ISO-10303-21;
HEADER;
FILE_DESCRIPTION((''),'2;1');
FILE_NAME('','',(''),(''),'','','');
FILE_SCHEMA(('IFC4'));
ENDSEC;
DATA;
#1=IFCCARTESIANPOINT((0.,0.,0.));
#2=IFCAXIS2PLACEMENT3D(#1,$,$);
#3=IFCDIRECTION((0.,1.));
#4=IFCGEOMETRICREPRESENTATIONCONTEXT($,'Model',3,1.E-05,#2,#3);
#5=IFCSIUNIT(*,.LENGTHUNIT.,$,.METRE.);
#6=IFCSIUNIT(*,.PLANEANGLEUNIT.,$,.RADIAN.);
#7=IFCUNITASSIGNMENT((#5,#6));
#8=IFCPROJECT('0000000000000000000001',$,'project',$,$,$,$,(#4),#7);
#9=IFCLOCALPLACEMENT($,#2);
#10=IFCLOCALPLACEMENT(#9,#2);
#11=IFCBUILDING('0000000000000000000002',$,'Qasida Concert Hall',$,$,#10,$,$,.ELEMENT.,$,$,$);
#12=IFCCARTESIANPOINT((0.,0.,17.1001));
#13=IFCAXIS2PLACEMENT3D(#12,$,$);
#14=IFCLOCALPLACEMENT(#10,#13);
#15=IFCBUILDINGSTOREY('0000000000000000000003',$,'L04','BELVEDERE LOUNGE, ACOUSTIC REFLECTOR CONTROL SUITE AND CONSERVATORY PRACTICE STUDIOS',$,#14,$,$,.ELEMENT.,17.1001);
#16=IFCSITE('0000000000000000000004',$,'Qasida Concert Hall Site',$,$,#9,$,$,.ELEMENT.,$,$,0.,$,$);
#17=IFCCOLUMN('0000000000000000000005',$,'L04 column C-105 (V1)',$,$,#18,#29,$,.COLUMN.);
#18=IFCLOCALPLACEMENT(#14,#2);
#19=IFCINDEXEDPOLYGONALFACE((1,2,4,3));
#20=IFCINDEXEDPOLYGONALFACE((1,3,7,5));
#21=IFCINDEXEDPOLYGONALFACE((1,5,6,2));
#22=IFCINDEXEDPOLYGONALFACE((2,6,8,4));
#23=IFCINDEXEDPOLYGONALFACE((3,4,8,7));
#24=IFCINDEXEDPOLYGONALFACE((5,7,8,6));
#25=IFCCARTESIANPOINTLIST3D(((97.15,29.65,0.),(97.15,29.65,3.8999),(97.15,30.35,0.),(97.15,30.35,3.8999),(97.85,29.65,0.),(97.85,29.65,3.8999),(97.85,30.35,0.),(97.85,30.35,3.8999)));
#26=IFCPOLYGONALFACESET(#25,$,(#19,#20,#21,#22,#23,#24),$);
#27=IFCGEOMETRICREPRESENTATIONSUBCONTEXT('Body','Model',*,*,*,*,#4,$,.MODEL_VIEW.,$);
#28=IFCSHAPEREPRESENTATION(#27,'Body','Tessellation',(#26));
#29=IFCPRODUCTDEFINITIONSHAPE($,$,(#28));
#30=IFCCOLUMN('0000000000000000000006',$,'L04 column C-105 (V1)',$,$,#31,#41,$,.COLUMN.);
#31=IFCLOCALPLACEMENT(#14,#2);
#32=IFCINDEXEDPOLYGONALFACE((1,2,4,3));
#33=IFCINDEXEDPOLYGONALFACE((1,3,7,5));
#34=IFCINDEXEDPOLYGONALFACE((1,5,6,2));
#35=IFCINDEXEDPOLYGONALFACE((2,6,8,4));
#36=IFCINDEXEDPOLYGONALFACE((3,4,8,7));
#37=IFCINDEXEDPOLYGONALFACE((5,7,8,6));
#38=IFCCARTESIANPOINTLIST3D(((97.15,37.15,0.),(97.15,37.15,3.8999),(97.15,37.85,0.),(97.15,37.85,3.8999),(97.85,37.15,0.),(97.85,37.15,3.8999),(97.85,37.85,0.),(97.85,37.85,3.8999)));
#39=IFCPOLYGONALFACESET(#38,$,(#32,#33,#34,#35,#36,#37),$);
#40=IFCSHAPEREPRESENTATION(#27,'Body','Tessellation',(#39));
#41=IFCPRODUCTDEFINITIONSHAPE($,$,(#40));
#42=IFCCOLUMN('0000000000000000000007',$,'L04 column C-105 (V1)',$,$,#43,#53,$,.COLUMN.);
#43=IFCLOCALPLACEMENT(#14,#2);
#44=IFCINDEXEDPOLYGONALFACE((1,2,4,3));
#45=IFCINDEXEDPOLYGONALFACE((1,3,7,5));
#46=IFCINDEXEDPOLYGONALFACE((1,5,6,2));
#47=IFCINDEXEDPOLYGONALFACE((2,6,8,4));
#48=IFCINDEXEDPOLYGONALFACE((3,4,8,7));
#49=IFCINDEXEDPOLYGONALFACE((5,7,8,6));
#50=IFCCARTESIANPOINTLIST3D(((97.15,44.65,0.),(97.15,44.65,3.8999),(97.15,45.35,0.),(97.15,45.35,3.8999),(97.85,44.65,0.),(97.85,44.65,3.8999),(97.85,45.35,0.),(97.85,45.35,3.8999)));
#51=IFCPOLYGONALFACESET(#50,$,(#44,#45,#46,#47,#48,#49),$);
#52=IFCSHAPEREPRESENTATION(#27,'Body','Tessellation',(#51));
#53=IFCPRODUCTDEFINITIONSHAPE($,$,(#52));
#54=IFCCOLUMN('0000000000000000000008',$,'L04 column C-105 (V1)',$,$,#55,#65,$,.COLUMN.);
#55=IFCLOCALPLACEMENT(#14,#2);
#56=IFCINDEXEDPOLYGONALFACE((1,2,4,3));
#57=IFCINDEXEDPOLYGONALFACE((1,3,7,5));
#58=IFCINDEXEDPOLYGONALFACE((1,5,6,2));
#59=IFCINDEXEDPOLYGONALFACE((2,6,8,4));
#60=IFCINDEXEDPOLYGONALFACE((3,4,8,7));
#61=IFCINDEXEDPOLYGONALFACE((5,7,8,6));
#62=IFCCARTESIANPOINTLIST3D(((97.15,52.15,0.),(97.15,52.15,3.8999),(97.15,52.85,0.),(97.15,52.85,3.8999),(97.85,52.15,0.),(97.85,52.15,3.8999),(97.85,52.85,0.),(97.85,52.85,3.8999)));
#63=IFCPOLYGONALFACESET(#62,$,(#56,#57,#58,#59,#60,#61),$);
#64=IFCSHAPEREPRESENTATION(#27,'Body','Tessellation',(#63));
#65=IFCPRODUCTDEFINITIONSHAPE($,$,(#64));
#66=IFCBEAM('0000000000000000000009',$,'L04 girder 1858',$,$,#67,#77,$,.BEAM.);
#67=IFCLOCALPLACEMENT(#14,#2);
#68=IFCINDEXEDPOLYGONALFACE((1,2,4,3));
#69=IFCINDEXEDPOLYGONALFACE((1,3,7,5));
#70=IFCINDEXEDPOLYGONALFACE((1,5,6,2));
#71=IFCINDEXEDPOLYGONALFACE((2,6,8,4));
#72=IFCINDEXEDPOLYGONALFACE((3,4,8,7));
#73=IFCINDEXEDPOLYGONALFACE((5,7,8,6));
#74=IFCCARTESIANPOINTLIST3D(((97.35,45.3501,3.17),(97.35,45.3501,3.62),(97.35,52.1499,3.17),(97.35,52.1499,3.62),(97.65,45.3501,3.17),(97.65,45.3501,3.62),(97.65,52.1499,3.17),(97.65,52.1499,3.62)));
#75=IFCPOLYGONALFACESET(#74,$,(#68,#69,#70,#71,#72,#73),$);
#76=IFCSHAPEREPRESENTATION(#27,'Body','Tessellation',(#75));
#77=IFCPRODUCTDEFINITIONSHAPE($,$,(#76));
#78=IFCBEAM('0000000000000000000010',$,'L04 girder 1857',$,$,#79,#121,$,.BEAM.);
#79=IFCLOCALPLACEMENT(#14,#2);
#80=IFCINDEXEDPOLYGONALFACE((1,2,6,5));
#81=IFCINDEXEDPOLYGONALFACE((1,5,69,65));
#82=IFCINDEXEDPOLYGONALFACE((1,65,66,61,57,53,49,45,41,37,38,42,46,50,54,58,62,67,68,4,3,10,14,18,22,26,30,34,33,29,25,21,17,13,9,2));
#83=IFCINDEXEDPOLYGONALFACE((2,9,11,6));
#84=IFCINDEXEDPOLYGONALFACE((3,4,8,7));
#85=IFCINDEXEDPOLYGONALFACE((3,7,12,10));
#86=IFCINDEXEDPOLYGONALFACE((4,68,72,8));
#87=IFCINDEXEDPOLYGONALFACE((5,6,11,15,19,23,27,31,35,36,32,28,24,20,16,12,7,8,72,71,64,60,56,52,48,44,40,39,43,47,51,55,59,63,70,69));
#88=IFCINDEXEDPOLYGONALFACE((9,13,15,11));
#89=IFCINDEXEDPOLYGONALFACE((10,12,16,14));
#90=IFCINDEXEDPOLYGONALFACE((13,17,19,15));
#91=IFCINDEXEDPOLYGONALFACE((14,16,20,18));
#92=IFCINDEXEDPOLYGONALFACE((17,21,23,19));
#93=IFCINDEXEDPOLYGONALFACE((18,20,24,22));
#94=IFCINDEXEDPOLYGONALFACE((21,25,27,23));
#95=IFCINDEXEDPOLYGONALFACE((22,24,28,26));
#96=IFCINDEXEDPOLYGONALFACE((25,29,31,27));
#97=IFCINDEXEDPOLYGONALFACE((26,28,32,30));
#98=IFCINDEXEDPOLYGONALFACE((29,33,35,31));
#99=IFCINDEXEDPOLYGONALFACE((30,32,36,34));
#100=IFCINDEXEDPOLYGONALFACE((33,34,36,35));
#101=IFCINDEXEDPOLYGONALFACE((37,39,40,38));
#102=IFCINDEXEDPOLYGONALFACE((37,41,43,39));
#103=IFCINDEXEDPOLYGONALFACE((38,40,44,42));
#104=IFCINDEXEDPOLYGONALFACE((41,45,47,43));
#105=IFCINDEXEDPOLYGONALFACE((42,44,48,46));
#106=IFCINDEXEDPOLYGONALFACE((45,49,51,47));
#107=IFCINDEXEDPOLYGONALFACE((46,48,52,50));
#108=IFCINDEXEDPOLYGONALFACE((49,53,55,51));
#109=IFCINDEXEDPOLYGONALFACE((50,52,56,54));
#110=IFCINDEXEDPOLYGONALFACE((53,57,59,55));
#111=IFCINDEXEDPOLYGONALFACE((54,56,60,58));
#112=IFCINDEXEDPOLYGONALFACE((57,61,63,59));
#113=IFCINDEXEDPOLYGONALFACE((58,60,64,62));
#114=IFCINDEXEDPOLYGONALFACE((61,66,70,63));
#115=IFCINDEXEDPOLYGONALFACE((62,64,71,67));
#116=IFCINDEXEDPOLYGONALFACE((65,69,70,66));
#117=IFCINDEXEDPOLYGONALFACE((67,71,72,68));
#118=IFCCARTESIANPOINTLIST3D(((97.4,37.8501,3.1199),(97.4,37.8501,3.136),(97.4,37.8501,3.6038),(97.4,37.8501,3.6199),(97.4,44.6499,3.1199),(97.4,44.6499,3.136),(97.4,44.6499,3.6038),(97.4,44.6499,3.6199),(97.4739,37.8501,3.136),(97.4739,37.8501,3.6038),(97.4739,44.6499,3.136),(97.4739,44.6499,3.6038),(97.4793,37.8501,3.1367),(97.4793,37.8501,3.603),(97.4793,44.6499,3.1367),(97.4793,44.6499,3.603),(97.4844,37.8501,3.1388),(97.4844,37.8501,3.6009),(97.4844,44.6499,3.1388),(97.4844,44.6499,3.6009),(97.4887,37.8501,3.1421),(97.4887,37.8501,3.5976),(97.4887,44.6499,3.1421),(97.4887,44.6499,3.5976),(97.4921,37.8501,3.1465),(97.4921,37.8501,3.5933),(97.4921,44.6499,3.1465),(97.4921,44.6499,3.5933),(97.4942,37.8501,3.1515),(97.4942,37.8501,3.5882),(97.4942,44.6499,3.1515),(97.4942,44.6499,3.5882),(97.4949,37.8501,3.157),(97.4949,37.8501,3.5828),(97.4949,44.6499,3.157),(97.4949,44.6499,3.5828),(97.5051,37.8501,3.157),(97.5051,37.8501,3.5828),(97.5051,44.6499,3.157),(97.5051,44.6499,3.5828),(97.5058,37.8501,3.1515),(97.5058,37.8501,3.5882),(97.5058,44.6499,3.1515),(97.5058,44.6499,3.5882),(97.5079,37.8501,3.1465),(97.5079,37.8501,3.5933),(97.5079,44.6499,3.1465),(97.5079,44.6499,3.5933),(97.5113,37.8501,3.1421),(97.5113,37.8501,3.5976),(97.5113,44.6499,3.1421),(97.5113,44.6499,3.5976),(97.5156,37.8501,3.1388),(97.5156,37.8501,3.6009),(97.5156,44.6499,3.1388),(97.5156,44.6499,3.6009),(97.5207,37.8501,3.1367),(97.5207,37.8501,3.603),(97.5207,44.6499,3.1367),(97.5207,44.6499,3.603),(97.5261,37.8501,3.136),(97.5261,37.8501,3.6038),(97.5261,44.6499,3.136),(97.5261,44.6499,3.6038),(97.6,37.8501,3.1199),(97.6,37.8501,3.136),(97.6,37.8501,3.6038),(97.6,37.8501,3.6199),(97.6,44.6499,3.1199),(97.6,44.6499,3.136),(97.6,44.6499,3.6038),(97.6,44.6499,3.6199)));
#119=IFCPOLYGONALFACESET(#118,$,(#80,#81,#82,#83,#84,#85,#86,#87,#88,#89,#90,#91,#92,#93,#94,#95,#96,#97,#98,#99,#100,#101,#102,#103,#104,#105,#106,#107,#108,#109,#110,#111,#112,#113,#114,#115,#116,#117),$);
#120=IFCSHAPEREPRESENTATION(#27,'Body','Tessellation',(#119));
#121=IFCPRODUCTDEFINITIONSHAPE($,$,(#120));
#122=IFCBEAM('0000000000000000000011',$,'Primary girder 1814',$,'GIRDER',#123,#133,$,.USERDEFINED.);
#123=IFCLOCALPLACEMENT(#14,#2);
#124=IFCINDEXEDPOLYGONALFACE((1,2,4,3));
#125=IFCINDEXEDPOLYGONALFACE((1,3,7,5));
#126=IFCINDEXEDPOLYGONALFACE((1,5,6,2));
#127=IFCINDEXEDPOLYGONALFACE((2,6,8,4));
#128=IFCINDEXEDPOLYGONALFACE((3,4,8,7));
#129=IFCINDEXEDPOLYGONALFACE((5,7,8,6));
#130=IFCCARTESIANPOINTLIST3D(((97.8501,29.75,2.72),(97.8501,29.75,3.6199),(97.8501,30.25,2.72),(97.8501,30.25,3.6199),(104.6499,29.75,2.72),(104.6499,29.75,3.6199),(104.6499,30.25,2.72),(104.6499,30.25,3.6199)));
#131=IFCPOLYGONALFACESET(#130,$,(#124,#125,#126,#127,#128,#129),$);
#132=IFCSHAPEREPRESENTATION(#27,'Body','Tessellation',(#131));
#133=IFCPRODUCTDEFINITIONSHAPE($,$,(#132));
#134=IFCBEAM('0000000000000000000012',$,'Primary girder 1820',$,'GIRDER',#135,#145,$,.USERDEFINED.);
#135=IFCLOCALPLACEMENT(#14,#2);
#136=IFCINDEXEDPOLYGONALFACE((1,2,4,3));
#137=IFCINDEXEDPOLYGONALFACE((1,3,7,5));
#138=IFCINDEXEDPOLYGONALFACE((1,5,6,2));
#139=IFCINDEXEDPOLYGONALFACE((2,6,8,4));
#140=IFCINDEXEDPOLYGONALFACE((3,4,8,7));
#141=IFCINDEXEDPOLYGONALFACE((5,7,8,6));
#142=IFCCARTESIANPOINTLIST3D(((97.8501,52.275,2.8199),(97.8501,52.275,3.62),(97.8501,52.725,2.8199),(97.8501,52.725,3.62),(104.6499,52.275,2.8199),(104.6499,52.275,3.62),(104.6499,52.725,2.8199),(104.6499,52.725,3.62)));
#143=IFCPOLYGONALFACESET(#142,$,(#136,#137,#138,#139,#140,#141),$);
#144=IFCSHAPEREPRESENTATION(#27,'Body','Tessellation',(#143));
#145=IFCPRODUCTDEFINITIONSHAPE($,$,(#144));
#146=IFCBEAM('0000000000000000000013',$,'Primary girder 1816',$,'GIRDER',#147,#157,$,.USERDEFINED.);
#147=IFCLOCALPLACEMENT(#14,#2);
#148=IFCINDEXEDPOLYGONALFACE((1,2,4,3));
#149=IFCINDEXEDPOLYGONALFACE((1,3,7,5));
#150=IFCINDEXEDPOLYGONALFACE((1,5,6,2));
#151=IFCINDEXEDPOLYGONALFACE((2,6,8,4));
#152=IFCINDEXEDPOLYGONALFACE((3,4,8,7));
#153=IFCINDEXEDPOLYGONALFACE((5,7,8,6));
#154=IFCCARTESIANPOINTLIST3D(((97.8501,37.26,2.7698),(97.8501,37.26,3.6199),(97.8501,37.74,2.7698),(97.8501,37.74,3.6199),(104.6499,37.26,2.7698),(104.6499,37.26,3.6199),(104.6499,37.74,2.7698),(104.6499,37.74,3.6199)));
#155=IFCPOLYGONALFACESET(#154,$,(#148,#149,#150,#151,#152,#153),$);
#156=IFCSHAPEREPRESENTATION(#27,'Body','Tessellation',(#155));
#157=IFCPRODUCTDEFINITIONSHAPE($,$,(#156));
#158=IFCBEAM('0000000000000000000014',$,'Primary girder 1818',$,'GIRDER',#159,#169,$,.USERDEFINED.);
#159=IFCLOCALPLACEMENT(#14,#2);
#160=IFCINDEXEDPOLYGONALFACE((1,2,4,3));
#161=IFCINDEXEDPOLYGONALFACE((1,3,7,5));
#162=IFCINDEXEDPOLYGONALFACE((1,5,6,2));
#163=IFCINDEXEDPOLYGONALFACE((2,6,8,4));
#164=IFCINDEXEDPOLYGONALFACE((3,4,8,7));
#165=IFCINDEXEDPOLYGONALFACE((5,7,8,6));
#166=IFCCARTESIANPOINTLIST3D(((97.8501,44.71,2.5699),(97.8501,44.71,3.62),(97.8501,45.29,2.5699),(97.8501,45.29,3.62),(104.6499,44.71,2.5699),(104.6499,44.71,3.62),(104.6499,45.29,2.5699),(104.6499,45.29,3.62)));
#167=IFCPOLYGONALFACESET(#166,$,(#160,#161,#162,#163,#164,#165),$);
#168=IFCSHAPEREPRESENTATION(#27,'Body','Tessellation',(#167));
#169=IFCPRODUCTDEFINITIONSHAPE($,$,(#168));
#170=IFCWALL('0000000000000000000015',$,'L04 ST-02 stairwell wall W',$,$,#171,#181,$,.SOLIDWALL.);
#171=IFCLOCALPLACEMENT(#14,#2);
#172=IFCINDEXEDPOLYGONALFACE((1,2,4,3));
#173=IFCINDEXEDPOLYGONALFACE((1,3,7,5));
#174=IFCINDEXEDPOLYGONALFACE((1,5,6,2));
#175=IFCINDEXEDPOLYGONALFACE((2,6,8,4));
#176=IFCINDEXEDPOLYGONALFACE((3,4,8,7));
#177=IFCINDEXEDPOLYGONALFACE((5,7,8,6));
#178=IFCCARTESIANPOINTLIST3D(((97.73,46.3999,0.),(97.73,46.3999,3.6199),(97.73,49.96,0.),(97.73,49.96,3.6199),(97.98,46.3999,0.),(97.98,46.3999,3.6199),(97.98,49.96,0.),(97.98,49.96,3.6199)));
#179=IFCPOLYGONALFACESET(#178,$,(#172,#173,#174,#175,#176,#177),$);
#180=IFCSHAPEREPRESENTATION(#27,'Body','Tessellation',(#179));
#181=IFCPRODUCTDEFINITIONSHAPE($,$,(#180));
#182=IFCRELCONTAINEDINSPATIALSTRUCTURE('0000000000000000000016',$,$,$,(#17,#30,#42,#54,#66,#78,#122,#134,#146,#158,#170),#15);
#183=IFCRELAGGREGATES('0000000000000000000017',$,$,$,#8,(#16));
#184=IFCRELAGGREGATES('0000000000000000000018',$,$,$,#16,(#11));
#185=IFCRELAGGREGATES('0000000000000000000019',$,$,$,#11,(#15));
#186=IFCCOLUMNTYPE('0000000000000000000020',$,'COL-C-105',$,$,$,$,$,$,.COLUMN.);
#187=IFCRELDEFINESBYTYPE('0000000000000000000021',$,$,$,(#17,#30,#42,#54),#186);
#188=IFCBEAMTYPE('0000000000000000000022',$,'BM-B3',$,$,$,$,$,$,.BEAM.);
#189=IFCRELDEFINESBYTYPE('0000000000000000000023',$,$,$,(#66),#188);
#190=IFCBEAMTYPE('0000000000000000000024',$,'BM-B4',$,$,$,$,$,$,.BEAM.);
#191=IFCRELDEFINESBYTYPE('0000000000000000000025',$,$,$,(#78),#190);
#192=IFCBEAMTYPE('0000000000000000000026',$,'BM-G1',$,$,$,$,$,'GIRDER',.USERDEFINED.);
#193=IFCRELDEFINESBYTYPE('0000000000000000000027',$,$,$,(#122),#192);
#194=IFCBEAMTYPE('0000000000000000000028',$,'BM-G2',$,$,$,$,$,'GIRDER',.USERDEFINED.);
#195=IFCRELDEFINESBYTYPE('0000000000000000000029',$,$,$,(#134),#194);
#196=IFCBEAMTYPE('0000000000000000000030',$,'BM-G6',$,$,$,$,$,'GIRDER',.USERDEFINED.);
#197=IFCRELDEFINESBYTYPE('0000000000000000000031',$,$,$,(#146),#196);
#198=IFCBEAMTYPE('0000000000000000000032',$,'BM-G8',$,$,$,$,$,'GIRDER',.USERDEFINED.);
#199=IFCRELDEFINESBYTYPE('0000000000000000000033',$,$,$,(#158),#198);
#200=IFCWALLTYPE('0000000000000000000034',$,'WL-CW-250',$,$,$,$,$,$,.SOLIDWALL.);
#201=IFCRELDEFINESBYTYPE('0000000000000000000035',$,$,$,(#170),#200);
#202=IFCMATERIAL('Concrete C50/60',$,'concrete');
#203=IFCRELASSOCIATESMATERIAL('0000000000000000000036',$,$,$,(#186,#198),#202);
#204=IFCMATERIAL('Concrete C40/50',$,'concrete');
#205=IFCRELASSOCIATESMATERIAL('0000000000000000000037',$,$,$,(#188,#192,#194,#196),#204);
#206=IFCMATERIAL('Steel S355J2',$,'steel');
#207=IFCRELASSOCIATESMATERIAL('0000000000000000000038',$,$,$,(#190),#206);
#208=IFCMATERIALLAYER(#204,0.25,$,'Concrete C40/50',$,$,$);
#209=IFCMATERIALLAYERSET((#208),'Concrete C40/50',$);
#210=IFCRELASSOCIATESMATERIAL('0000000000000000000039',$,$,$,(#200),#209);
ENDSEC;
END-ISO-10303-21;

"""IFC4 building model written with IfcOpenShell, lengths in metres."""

from ifc_helpers import new_model, si_unit, direction, frame, frame_2d, origin, origin_2d, place, context, subcontext, project, spatial, rectangle, i_section, extrude, material, layer, layer_set, material_profile, profile_set, type_object, element, save


model = new_model("IFC4")

# Units and contexts
model_context = context("Model", 3, precision=1e-05, world=origin(), true_north=direction((0.0, 1.0)))
body_context = subcontext(model_context, "Body", "Model", "MODEL_VIEW")
ifc_project = project(units=[si_unit("LENGTHUNIT", "METRE"), si_unit("PLANEANGLEUNIT", "RADIAN")], contexts=[model_context])

# Site, building, storey
site_placement = place(None, origin())
site = spatial("IfcSite", under=ifc_project, at=site_placement, Name="Qasida Concert Hall Site", CompositionType="ELEMENT", RefElevation=0.0)
building_placement = place(site_placement, origin())
building = spatial("IfcBuilding", under=site, at=building_placement, Name="Qasida Concert Hall", CompositionType="ELEMENT")
storey_placement = place(building_placement, frame((0.0, 0.0, 17.1001)))
storey = spatial("IfcBuildingStorey", under=building, at=storey_placement, Name="L04", Description="BELVEDERE LOUNGE, ACOUSTIC REFLECTOR CONTROL SUITE AND CONSERVATORY PRACTICE STUDIOS", CompositionType="ELEMENT", Elevation=17.1001)

# Columns
ifc_material_1 = material(Name="Concrete C50/60", Category="concrete")
ifc_material_profile_1 = material_profile(ifc_material_1, rectangle(XDim=0.7, YDim=0.7, at=origin_2d()), Name="RC 700x700")
ifc_profile_set_1 = profile_set([ifc_material_profile_1], Name="Concrete C50/60")
column_type = type_object("IfcColumnType", Name="COL-C-105", PredefinedType="COLUMN", material=ifc_profile_set_1)
for number, where, z_axis, x_axis, name in (
    (1, (97.5, 30.0, 0.0), (0.0, 0.0, 1.0), (1.0, 0.0, 0.0), "L04 column C-105 (V1)"),
    (2, (97.5, 37.5, 0.0), (0.0, 0.0, 1.0), (1.0, 0.0, 0.0), "L04 column C-105 (V1)"),
    (3, (97.5, 45.0, 0.0), (0.0, 0.0, 1.0), (1.0, 0.0, 0.0), "L04 column C-105 (V1)"),
    (4, (97.5, 52.5, 0.0), (0.0, 0.0, 1.0), (1.0, 0.0, 0.0), "L04 column C-105 (V1)"),
):
    element("IfcColumn", number, at=place(storey_placement, frame(where, z_axis=z_axis, x_axis=x_axis)), inside=storey, type_object=column_type, Name=name, PredefinedType="COLUMN", context=body_context, shape_type="SweptSolid", body=[
        extrude(rectangle(XDim=0.7, YDim=0.7, at=origin_2d()), origin(), (0.0, 0.0, 1.0), 3.8999),
    ])

# Beams
ifc_material_2 = material(Name="Concrete C40/50", Category="concrete")
ifc_material_profile_2 = material_profile(ifc_material_2, rectangle(XDim=0.3, YDim=0.45, at=origin_2d()), Name="RC 300x450")
ifc_profile_set_2 = profile_set([ifc_material_profile_2], Name="Concrete C40/50")
beam_type_1 = type_object("IfcBeamType", Name="BM-B3", PredefinedType="BEAM", material=ifc_profile_set_2)
beam_1_placement = place(storey_placement, frame((97.5, 45.3501, 3.395), z_axis=(0.0, 1.0, 0.0), x_axis=(-1.0, 0.0, 0.0)))
element("IfcBeam", 5, at=beam_1_placement, inside=storey, type_object=beam_type_1, Name="L04 girder 1858", PredefinedType="BEAM", context=body_context, shape_type="SweptSolid", body=[
    extrude(rectangle(XDim=0.3, YDim=0.45, at=origin_2d()), origin(), (0.0, 0.0, 1.0), 6.7998),
])
ifc_material_3 = material(Name="Steel S355J2", Category="steel")
ifc_material_profile_3 = material_profile(ifc_material_3, i_section(OverallWidth=0.2, OverallDepth=0.5, WebThickness=0.0103, FlangeThickness=0.0161, FilletRadius=0.021, at=origin_2d()), Name="IPE 500")
ifc_profile_set_3 = profile_set([ifc_material_profile_3], Name="Steel S355J2")
beam_type_2 = type_object("IfcBeamType", Name="BM-B4", PredefinedType="BEAM", material=ifc_profile_set_3)
beam_2_placement = place(storey_placement, frame((97.5, 37.8501, 3.3699), z_axis=(0.0, 1.0, 0.0), x_axis=(-1.0, 0.0, 0.0)))
element("IfcBeam", 6, at=beam_2_placement, inside=storey, type_object=beam_type_2, Name="L04 girder 1857", PredefinedType="BEAM", context=body_context, shape_type="SweptSolid", body=[
    extrude(i_section(OverallWidth=0.2, OverallDepth=0.5, WebThickness=0.0103, FlangeThickness=0.0161, FilletRadius=0.021, at=origin_2d()), origin(), (0.0, 0.0, 1.0), 6.7998),
])
ifc_material_profile_4 = material_profile(ifc_material_2, rectangle(XDim=0.5, YDim=0.8999, at=origin_2d()), Name="RC 500x900")
ifc_profile_set_4 = profile_set([ifc_material_profile_4], Name="Concrete C40/50")
beam_type_3 = type_object("IfcBeamType", Name="BM-G1", ElementType="GIRDER", PredefinedType="USERDEFINED", material=ifc_profile_set_4)
beam_3_placement = place(storey_placement, frame((97.8501, 30.0, 3.1699), z_axis=(1.0, 0.0, 0.0), x_axis=(0.0, 1.0, 0.0)))
element("IfcBeam", 7, at=beam_3_placement, inside=storey, type_object=beam_type_3, Name="Primary girder 1814", ObjectType="GIRDER", PredefinedType="USERDEFINED", context=body_context, shape_type="SweptSolid", body=[
    extrude(rectangle(XDim=0.5, YDim=0.8999, at=origin_2d()), origin(), (0.0, 0.0, 1.0), 6.7998),
])
ifc_material_profile_5 = material_profile(ifc_material_2, rectangle(XDim=0.45, YDim=0.8, at=origin_2d()), Name="RC 450x800")
ifc_profile_set_5 = profile_set([ifc_material_profile_5], Name="Concrete C40/50")
beam_type_4 = type_object("IfcBeamType", Name="BM-G2", ElementType="GIRDER", PredefinedType="USERDEFINED", material=ifc_profile_set_5)
beam_4_placement = place(storey_placement, frame((97.8501, 52.5, 3.22), z_axis=(1.0, 0.0, 0.0), x_axis=(0.0, 1.0, 0.0)))
element("IfcBeam", 8, at=beam_4_placement, inside=storey, type_object=beam_type_4, Name="Primary girder 1820", ObjectType="GIRDER", PredefinedType="USERDEFINED", context=body_context, shape_type="SweptSolid", body=[
    extrude(rectangle(XDim=0.45, YDim=0.8, at=origin_2d()), origin(), (0.0, 0.0, 1.0), 6.7998),
])
ifc_material_profile_6 = material_profile(ifc_material_2, rectangle(XDim=0.48, YDim=0.8501, at=origin_2d()), Name="RC 480x850")
ifc_profile_set_6 = profile_set([ifc_material_profile_6], Name="Concrete C40/50")
beam_type_5 = type_object("IfcBeamType", Name="BM-G6", ElementType="GIRDER", PredefinedType="USERDEFINED", material=ifc_profile_set_6)
beam_5_placement = place(storey_placement, frame((97.8501, 37.5, 3.1948), z_axis=(1.0, 0.0, 0.0), x_axis=(0.0, 1.0, 0.0)))
element("IfcBeam", 9, at=beam_5_placement, inside=storey, type_object=beam_type_5, Name="Primary girder 1816", ObjectType="GIRDER", PredefinedType="USERDEFINED", context=body_context, shape_type="SweptSolid", body=[
    extrude(rectangle(XDim=0.48, YDim=0.8501, at=origin_2d()), origin(), (0.0, 0.0, 1.0), 6.7998),
])
ifc_material_profile_7 = material_profile(ifc_material_1, rectangle(XDim=0.5801, YDim=1.05, at=origin_2d()), Name="RC 580x1050")
ifc_profile_set_7 = profile_set([ifc_material_profile_7], Name="Concrete C50/60")
beam_type_6 = type_object("IfcBeamType", Name="BM-G8", ElementType="GIRDER", PredefinedType="USERDEFINED", material=ifc_profile_set_7)
beam_6_placement = place(storey_placement, frame((97.8501, 45.0, 3.095), z_axis=(1.0, 0.0, 0.0), x_axis=(0.0, 1.0, 0.0)))
element("IfcBeam", 10, at=beam_6_placement, inside=storey, type_object=beam_type_6, Name="Primary girder 1818", ObjectType="GIRDER", PredefinedType="USERDEFINED", context=body_context, shape_type="SweptSolid", body=[
    extrude(rectangle(XDim=0.5801, YDim=1.05, at=origin_2d()), origin(), (0.0, 0.0, 1.0), 6.7998),
])

# Shared definitions
ifc_layer_1 = layer(ifc_material_2, 0.25, Name="Concrete C40/50")
ifc_layer_set_1 = layer_set([ifc_layer_1], Name="Concrete C40/50")
wall_type_1 = type_object("IfcWallType", Name="WL-CW-250", PredefinedType="SOLIDWALL", material=ifc_layer_set_1)

# Wall
wall_1_placement = place(storey_placement, frame((97.855, 46.3999, 0.0), z_axis=(0.0, 0.0, 1.0), x_axis=(0.0, 1.0, 0.0)))
element("IfcWall", 11, at=wall_1_placement, inside=storey, type_object=wall_type_1, Name="L04 ST-02 stairwell wall W", PredefinedType="SOLIDWALL", context=body_context, shape_type="SweptSolid", body=[
    extrude(rectangle(XDim=3.5601, YDim=0.25, at=frame_2d((1.78, 0.0))), origin(), (0.0, 0.0, 1.0), 3.6199),
])

save(model, "model.ifc")
